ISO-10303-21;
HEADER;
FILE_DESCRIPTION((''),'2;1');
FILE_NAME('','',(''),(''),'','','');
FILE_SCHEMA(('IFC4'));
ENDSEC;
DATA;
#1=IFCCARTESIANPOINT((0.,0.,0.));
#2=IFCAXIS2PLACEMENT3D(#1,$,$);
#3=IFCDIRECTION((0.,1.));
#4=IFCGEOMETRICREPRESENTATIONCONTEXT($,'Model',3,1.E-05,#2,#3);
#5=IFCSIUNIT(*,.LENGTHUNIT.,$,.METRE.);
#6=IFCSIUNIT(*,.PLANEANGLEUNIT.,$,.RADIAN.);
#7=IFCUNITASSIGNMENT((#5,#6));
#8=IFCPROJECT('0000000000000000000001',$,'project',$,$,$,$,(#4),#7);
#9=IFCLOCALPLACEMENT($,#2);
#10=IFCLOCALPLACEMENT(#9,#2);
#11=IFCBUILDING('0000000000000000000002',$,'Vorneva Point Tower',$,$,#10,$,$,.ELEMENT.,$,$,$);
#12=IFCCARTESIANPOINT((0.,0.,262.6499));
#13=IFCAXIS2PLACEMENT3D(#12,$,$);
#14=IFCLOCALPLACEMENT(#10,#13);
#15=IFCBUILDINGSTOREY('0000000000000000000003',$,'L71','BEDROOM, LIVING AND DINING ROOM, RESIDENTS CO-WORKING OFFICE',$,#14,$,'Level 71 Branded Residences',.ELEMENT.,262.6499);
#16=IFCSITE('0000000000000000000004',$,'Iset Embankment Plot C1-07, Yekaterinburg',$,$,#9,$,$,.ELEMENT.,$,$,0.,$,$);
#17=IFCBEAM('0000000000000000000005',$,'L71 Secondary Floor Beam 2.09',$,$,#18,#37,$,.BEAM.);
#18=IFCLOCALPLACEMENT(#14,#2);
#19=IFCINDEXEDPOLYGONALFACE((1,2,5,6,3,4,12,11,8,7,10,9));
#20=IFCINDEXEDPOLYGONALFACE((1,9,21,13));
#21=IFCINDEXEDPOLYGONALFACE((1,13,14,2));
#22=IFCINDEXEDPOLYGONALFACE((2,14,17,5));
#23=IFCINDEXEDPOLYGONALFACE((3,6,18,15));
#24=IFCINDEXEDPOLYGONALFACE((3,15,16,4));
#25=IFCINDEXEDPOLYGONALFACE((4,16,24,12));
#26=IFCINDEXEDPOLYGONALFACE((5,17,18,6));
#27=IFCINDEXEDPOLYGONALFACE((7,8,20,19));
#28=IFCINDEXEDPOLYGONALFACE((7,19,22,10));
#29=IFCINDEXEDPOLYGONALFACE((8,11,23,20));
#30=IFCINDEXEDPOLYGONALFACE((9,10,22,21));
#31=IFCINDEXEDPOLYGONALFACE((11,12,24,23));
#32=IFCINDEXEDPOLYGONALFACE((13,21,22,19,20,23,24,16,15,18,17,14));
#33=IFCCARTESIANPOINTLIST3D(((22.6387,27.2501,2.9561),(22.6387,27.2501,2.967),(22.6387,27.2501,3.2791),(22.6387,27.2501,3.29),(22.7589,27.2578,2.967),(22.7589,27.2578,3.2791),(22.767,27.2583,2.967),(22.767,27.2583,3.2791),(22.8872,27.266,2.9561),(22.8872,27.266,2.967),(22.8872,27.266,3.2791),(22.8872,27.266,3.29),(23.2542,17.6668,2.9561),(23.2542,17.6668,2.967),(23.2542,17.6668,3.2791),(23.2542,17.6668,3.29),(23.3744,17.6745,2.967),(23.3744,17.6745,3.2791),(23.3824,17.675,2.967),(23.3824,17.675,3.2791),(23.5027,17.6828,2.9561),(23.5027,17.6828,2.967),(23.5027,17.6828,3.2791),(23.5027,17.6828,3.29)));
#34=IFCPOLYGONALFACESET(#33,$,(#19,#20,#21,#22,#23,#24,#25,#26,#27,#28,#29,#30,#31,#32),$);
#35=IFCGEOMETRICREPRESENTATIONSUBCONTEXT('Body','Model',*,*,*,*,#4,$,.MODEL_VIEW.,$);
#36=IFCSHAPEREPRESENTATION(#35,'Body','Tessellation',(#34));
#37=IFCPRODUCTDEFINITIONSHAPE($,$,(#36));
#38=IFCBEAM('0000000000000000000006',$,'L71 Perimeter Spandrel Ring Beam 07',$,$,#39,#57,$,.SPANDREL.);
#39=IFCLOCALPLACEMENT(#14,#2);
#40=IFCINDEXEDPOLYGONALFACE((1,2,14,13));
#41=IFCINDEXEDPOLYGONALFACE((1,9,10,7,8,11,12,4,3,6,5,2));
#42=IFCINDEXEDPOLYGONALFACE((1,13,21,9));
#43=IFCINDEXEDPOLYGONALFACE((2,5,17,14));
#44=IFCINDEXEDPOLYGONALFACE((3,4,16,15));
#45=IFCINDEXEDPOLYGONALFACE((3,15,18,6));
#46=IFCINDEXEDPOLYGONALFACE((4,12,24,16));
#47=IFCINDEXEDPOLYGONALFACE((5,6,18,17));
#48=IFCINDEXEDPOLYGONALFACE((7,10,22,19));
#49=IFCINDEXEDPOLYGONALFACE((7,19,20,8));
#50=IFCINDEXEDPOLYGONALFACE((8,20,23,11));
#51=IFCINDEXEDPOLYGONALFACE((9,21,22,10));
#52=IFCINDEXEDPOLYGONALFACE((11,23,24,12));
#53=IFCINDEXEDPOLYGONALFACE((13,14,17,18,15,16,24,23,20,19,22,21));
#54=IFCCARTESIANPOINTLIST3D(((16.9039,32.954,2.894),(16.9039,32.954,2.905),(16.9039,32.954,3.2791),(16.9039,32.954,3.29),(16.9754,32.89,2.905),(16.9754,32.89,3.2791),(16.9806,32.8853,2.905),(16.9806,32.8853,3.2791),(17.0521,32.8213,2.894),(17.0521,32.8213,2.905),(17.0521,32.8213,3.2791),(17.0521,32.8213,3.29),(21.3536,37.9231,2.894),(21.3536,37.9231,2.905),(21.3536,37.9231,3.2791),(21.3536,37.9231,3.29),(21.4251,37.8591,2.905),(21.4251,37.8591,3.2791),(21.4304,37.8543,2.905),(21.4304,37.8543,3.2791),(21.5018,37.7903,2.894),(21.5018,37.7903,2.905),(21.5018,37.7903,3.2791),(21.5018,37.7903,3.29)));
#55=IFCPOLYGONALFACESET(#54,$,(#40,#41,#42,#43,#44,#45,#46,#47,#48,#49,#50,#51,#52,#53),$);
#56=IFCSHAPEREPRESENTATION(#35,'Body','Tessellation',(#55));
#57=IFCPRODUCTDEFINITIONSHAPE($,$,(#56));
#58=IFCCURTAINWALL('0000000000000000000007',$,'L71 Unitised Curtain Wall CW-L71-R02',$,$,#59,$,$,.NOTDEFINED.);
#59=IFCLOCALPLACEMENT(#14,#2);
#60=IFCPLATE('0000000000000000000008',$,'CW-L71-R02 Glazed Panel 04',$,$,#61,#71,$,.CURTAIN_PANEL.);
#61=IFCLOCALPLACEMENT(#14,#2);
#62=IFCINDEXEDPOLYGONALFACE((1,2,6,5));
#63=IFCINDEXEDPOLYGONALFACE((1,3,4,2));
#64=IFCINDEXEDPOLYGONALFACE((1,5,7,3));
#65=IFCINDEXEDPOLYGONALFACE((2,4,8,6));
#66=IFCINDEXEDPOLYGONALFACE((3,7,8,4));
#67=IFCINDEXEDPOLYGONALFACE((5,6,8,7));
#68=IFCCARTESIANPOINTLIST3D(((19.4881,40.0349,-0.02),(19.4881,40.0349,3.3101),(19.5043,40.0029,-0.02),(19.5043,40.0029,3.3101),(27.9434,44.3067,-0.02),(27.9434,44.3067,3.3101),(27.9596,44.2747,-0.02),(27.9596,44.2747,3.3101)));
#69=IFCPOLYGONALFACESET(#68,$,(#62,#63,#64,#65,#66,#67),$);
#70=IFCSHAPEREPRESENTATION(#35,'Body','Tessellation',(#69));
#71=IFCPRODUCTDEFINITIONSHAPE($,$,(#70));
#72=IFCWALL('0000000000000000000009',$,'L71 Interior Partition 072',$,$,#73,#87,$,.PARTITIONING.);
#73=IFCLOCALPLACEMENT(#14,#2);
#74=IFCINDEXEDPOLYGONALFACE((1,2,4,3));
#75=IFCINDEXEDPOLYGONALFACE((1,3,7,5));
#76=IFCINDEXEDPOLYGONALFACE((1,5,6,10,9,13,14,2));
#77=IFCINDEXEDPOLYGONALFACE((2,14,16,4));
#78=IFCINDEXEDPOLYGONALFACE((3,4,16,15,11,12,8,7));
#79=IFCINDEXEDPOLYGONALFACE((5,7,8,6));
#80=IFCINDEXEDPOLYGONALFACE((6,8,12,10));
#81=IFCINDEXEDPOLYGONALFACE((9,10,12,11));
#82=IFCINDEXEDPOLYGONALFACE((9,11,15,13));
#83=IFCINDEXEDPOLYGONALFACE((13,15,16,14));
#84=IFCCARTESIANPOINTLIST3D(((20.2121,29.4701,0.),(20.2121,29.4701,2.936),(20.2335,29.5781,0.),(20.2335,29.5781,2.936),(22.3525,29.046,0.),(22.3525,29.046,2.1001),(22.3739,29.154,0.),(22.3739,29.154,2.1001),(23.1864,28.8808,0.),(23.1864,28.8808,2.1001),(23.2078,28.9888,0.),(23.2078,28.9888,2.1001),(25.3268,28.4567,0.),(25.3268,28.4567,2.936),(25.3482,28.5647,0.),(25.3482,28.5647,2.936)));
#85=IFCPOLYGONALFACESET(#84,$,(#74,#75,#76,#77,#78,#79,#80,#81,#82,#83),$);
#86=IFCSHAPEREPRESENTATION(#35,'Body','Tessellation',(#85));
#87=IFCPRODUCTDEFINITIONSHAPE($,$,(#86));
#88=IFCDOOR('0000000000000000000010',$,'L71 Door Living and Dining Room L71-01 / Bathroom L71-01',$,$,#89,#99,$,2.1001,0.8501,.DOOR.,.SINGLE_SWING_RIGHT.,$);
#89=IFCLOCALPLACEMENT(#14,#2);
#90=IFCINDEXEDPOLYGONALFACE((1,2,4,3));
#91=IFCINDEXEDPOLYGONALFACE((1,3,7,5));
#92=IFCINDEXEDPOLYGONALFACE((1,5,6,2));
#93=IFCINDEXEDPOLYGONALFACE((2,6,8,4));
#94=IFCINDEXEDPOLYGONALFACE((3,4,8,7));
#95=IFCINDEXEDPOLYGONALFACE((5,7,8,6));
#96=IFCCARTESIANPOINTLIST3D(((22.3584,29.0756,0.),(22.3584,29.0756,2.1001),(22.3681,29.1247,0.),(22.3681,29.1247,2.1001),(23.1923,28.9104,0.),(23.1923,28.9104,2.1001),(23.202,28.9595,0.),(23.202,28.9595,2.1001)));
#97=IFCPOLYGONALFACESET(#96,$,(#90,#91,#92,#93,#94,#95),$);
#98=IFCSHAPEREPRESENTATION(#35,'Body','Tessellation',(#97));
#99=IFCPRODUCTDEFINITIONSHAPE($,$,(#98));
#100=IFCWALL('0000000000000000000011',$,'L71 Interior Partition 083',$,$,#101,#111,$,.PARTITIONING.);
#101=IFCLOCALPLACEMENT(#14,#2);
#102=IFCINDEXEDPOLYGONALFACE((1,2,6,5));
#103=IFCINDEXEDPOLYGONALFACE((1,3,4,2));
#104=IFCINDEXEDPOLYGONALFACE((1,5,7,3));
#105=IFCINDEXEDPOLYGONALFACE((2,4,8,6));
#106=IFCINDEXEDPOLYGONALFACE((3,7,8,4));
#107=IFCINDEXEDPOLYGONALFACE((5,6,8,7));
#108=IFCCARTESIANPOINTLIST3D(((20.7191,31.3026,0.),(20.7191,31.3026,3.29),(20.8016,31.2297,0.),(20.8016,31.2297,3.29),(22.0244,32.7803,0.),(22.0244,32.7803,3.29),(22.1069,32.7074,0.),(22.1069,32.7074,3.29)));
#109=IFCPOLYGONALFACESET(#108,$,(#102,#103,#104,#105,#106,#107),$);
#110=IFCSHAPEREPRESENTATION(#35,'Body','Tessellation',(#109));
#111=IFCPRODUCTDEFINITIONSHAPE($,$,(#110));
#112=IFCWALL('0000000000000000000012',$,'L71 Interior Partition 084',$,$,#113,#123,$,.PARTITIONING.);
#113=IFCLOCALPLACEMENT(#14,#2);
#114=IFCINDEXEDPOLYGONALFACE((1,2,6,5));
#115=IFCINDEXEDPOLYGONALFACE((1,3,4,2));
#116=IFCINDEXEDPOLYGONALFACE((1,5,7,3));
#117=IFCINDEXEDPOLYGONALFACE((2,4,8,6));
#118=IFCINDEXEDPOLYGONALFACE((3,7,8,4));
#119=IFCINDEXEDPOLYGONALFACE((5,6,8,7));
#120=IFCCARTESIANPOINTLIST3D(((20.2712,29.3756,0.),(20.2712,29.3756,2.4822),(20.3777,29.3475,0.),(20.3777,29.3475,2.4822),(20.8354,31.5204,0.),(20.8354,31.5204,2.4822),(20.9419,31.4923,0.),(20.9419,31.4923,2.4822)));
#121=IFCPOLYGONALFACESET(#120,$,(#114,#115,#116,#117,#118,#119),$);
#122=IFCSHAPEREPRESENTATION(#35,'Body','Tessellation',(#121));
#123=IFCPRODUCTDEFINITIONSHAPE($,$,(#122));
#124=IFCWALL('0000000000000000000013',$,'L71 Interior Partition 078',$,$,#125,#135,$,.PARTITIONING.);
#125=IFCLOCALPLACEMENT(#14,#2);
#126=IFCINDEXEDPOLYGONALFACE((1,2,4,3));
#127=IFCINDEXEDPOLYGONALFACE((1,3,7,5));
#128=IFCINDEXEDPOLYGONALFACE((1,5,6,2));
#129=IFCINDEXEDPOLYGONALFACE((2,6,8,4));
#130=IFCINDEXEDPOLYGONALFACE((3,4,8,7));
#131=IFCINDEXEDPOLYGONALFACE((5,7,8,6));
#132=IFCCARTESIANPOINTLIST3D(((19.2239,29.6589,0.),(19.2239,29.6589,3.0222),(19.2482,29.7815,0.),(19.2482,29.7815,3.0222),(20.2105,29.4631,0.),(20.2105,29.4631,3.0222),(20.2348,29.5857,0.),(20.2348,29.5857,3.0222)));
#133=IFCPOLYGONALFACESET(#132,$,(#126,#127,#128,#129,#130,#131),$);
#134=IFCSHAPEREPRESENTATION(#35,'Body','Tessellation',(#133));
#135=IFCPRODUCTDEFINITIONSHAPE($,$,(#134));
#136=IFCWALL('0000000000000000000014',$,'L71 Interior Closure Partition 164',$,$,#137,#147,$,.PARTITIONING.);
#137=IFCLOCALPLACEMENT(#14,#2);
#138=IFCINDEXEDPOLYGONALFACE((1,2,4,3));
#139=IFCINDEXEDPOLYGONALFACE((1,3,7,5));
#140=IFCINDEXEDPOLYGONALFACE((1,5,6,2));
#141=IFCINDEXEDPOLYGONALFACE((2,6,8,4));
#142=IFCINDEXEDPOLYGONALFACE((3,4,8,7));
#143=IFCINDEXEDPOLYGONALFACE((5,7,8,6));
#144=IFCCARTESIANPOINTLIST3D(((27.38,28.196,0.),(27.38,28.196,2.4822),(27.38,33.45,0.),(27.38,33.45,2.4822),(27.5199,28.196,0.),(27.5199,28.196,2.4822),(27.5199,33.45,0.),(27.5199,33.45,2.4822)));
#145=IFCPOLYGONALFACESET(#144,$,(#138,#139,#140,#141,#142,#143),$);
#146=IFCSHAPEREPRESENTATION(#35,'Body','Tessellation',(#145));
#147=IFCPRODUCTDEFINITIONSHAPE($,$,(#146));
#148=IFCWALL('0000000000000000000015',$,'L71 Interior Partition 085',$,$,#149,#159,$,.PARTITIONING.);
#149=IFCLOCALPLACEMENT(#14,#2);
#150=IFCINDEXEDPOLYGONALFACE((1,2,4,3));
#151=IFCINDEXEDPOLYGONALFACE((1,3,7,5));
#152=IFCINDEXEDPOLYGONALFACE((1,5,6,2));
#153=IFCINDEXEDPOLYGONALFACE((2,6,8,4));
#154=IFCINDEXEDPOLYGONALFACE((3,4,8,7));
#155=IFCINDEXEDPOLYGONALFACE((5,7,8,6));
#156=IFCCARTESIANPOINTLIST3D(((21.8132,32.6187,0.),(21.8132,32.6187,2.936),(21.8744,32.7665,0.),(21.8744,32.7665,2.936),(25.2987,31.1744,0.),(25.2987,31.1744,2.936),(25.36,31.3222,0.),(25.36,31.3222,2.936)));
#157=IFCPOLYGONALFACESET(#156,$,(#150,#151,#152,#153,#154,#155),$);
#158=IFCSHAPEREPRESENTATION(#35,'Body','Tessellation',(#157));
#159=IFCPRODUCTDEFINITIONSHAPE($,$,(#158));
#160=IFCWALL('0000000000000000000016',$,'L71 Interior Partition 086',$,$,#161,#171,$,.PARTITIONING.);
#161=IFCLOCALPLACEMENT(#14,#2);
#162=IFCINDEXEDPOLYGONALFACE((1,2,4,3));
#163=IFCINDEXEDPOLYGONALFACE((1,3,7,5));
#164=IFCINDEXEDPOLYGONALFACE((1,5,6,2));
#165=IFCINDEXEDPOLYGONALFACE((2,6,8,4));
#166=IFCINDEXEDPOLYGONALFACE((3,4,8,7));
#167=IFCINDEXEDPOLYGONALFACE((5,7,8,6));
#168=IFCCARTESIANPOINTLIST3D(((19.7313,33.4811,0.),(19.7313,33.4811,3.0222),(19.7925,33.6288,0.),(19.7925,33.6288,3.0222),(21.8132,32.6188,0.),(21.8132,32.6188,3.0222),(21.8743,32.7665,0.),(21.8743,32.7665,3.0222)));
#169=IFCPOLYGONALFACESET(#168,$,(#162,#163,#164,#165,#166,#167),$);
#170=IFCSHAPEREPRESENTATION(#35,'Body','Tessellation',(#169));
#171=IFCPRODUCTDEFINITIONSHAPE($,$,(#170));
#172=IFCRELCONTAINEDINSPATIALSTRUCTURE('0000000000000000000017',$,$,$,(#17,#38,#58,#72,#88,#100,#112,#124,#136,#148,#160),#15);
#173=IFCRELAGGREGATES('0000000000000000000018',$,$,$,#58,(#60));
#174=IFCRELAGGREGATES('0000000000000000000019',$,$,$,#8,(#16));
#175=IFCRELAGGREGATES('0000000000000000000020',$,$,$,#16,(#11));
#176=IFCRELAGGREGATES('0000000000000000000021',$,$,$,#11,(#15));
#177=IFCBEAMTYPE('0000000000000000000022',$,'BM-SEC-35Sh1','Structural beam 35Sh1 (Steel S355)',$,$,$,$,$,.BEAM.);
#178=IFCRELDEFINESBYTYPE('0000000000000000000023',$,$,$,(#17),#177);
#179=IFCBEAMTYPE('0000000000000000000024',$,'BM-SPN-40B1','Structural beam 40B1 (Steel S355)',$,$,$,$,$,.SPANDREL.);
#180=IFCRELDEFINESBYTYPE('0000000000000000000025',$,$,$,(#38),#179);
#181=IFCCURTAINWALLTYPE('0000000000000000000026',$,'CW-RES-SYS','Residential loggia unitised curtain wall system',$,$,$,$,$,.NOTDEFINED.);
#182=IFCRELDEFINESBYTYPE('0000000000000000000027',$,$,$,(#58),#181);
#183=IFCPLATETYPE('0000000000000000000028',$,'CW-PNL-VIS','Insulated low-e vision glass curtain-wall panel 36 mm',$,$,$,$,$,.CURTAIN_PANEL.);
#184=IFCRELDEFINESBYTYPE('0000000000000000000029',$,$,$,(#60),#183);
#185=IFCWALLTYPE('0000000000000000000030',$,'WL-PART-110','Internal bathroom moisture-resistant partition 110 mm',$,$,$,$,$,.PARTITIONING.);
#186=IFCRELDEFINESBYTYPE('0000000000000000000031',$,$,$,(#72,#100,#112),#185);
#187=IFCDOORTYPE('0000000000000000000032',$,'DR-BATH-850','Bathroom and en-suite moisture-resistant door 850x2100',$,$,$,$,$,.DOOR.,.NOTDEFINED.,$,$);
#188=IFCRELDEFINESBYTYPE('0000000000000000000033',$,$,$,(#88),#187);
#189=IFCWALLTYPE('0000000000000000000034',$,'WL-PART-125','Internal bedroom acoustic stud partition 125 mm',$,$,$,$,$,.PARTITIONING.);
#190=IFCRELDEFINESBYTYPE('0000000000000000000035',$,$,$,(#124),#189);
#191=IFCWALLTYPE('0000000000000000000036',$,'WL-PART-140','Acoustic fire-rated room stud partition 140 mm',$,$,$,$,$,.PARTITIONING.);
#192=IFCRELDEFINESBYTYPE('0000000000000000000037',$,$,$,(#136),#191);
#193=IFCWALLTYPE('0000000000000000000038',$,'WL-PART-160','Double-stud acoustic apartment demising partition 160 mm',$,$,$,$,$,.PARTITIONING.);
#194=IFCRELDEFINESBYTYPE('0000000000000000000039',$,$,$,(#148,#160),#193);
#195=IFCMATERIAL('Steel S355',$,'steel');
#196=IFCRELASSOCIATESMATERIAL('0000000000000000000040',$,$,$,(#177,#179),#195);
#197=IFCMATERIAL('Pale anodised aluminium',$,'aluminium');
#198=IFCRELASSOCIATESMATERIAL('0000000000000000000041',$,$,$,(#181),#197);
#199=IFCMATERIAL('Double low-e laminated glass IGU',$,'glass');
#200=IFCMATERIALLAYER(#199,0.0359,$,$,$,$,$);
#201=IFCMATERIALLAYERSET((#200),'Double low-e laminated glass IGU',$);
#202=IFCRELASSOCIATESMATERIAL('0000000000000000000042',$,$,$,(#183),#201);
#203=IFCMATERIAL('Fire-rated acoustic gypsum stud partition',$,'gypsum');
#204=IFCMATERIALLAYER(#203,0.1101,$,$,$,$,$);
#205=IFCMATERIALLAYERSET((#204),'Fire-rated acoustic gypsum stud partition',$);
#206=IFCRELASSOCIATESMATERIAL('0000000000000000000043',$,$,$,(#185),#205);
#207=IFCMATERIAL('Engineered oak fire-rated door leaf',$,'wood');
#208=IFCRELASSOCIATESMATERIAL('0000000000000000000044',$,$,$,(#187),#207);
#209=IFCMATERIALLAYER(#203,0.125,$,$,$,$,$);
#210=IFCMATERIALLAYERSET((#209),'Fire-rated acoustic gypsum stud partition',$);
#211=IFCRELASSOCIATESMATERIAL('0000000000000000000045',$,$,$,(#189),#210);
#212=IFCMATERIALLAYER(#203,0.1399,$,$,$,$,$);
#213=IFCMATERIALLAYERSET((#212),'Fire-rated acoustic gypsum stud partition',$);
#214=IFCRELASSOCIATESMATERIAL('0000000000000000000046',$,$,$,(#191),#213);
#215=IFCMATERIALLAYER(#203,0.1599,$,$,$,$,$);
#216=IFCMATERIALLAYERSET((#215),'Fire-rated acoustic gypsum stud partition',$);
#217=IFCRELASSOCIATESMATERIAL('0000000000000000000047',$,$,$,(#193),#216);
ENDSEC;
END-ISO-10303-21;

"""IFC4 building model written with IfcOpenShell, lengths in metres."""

from ifc_helpers import new_model, si_unit, direction, frame, frame_2d, origin, origin_2d, place, context, subcontext, project, spatial, rectangle, i_section, extrude, material, layer, layer_set, material_profile, profile_set, type_object, element, fill, aggregate, save


model = new_model("IFC4")

# Units and contexts
model_context = context("Model", 3, precision=1e-05, world=origin(), true_north=direction((0.0, 1.0)))
body_context = subcontext(model_context, "Body", "Model", "MODEL_VIEW")
ifc_project = project(units=[si_unit("LENGTHUNIT", "METRE"), si_unit("PLANEANGLEUNIT", "RADIAN")], contexts=[model_context])

# Site, building, storey
site_placement = place(None, origin())
site = spatial("IfcSite", under=ifc_project, at=site_placement, Name="Iset Embankment Plot C1-07, Yekaterinburg", CompositionType="ELEMENT", RefElevation=0.0)
building_placement = place(site_placement, origin())
building = spatial("IfcBuilding", under=site, at=building_placement, Name="Vorneva Point Tower", CompositionType="ELEMENT")
storey_placement = place(building_placement, frame((0.0, 0.0, 262.6499)))
storey = spatial("IfcBuildingStorey", under=building, at=storey_placement, Name="L71", Description="BEDROOM, LIVING AND DINING ROOM, RESIDENTS CO-WORKING OFFICE", LongName="Level 71 Branded Residences", CompositionType="ELEMENT", Elevation=262.6499)

# Beams
ifc_material_1 = material(Name="Steel S355", Category="steel")
ifc_material_profile_1 = material_profile(ifc_material_1, i_section(OverallWidth=0.249, OverallDepth=0.334, WebThickness=0.0081, FlangeThickness=0.011, at=origin_2d()), Name="35Sh1")
ifc_profile_set_1 = profile_set([ifc_material_profile_1], Name="Steel S355")
beam_type_1 = type_object("IfcBeamType", Name="BM-SEC-35Sh1", Description="Structural beam 35Sh1 (Steel S355)", PredefinedType="BEAM", material=ifc_profile_set_1)
beam_1_placement = place(storey_placement, frame((22.7629, 27.2581, 3.123), z_axis=(0.064092, -0.997944, 0.0), x_axis=(0.997944, 0.064092, 0.0)))
element("IfcBeam", 1, at=beam_1_placement, inside=storey, type_object=beam_type_1, Name="L71 Secondary Floor Beam 2.09", PredefinedType="BEAM", context=body_context, shape_type="SweptSolid", body=[
    extrude(i_section(OverallWidth=0.249, OverallDepth=0.334, WebThickness=0.0081, FlangeThickness=0.011, at=origin_2d()), origin(), (0.0, 0.0, 1.0), 9.603),
])
ifc_material_profile_2 = material_profile(ifc_material_1, i_section(OverallWidth=0.199, OverallDepth=0.396, WebThickness=0.0071, FlangeThickness=0.011, at=origin_2d()), Name="40B1")
ifc_profile_set_2 = profile_set([ifc_material_profile_2], Name="Steel S355")
beam_type_2 = type_object("IfcBeamType", Name="BM-SPN-40B1", Description="Structural beam 40B1 (Steel S355)", PredefinedType="SPANDREL", material=ifc_profile_set_2)
beam_2_placement = place(storey_placement, frame((21.4277, 37.8567, 3.092), z_axis=(-0.667108, -0.744961, 0.0), x_axis=(0.744961, -0.667108, 0.0)))
element("IfcBeam", 2, at=beam_2_placement, inside=storey, type_object=beam_type_2, Name="L71 Perimeter Spandrel Ring Beam 07", PredefinedType="SPANDREL", context=body_context, shape_type="SweptSolid", body=[
    extrude(i_section(OverallWidth=0.199, OverallDepth=0.396, WebThickness=0.0071, FlangeThickness=0.011, at=origin_2d()), origin(), (0.0, 0.0, 1.0), 6.6702),
])

# Curtain wall, plate
ifc_material_2 = material(Name="Pale anodised aluminium", Category="aluminium")
curtain_wall_type = type_object("IfcCurtainWallType", Name="CW-RES-SYS", Description="Residential loggia unitised curtain wall system", PredefinedType="NOTDEFINED", material=ifc_material_2)
curtain_wall_placement = place(storey_placement, origin())
curtain_wall = element("IfcCurtainWall", 3, at=curtain_wall_placement, inside=storey, type_object=curtain_wall_type, Name="L71 Unitised Curtain Wall CW-L71-R02", PredefinedType="NOTDEFINED")
ifc_material_3 = material(Name="Double low-e laminated glass IGU", Category="glass")
ifc_layer_1 = layer(ifc_material_3, 0.0359)
ifc_layer_set_1 = layer_set([ifc_layer_1], Name="Double low-e laminated glass IGU")
plate_type = type_object("IfcPlateType", Name="CW-PNL-VIS", Description="Insulated low-e vision glass curtain-wall panel 36 mm", PredefinedType="CURTAIN_PANEL", material=ifc_layer_set_1)
plate_placement = place(storey_placement, frame((23.7239, 42.1548, -0.02), z_axis=(0.0, 0.0, 1.0), x_axis=(-0.892554, -0.45094, 0.0)))
plate = element("IfcPlate", 4, at=plate_placement, type_object=plate_type, Name="CW-L71-R02 Glazed Panel 04", PredefinedType="CURTAIN_PANEL", context=body_context, shape_type="SweptSolid", body=[
    extrude(rectangle(XDim=9.4731, YDim=0.0359, at=origin_2d()), origin(), (0.0, 0.0, 1.0), 3.3301),
])
aggregate(curtain_wall, [plate])

# Wall, opening, door
ifc_material_4 = material(Name="Fire-rated acoustic gypsum stud partition", Category="gypsum")
ifc_layer_2 = layer(ifc_material_4, 0.1101)
ifc_layer_set_2 = layer_set([ifc_layer_2], Name="Fire-rated acoustic gypsum stud partition")
wall_type_1 = type_object("IfcWallType", Name="WL-PART-110", Description="Internal bathroom moisture-resistant partition 110 mm", PredefinedType="PARTITIONING", material=ifc_layer_set_2)
wall_1_placement = place(storey_placement, frame((25.3374, 28.5107, 0.0), z_axis=(0.0, 0.0, 1.0), x_axis=(-0.98093, 0.19436, 0.0)))
wall_1 = element("IfcWall", 5, at=wall_1_placement, inside=storey, type_object=wall_type_1, Name="L71 Interior Partition 072", PredefinedType="PARTITIONING", context=body_context, shape_type="SweptSolid", body=[
    extrude(rectangle(XDim=5.2141, YDim=0.1101, at=frame_2d((2.6069, 0.0))), origin(), (0.0, 0.0, 1.0), 2.936),
])
opening_1_placement = place(wall_1_placement, frame((2.1819, 0.0, 0.0)))
opening_1 = element("IfcOpeningElement", 6, at=opening_1_placement, cuts=wall_1, PredefinedType="OPENING", context=body_context, shape_type="SweptSolid", body=[
    extrude(rectangle(XDim=0.8501, YDim=2.1001, at=frame_2d((0.425, 1.05))), frame((0.0, 0.0698, 0.0), z_axis=(0.0, -1.0, 0.0), x_axis=(1.0, 0.0, 0.0)), (0.0, 0.0, 1.0), 0.1399),
])
ifc_material_5 = material(Name="Engineered oak fire-rated door leaf", Category="wood")
door_type_1 = type_object("IfcDoorType", Name="DR-BATH-850", Description="Bathroom and en-suite moisture-resistant door 850x2100", OperationType="NOTDEFINED", PredefinedType="DOOR", material=ifc_material_5)
door_1_placement = place(opening_1_placement, origin())
door_1 = element("IfcDoor", 7, at=door_1_placement, inside=storey, type_object=door_type_1, Name="L71 Door Living and Dining Room L71-01 / Bathroom L71-01", OperationType="SINGLE_SWING_RIGHT", OverallHeight=2.1001, OverallWidth=0.8501, PredefinedType="DOOR", context=body_context, shape_type="SweptSolid", body=[
    extrude(rectangle(XDim=0.8501, YDim=2.1001, at=frame_2d((0.425, 1.05))), frame((0.0, 0.0249, 0.0), z_axis=(0.0, -1.0, 0.0), x_axis=(1.0, 0.0, 0.0)), (0.0, 0.0, 1.0), 0.05),
])
fill(opening_1, door_1)

# Walls
wall_2_placement = place(storey_placement, frame((22.0657, 32.7439, 0.0), z_axis=(0.0, 0.0, 1.0), x_axis=(-0.662047, -0.749462, 0.0)))
element("IfcWall", 8, at=wall_2_placement, inside=storey, type_object=wall_type_1, Name="L71 Interior Partition 083", PredefinedType="PARTITIONING", context=body_context, shape_type="SweptSolid", body=[
    extrude(rectangle(XDim=1.9717, YDim=0.1101, at=frame_2d((0.9858, 0.0))), origin(), (0.0, 0.0, 1.0), 3.29),
])
wall_3_placement = place(storey_placement, frame((20.8887, 31.5063, 0.0), z_axis=(0.0, 0.0, 1.0), x_axis=(-0.254407, -0.967097, 0.0)))
element("IfcWall", 9, at=wall_3_placement, inside=storey, type_object=wall_type_1, Name="L71 Interior Partition 084", PredefinedType="PARTITIONING", context=body_context, shape_type="SweptSolid", body=[
    extrude(rectangle(XDim=2.2178, YDim=0.1101, at=frame_2d((1.1089, 0.0))), origin(), (0.0, 0.0, 1.0), 2.4822),
])
ifc_layer_3 = layer(ifc_material_4, 0.125)
ifc_layer_set_3 = layer_set([ifc_layer_3], Name="Fire-rated acoustic gypsum stud partition")
wall_type_2 = type_object("IfcWallType", Name="WL-PART-125", Description="Internal bedroom acoustic stud partition 125 mm", PredefinedType="PARTITIONING", material=ifc_layer_set_3)
wall_4_placement = place(storey_placement, frame((20.2227, 29.5244, 0.0), z_axis=(0.0, 0.0, 1.0), x_axis=(-0.980869, 0.194669, 0.0)))
element("IfcWall", 10, at=wall_4_placement, inside=storey, type_object=wall_type_2, Name="L71 Interior Partition 078", PredefinedType="PARTITIONING", context=body_context, shape_type="SweptSolid", body=[
    extrude(rectangle(XDim=1.0059, YDim=0.125, at=frame_2d((0.5029, 0.0))), origin(), (0.0, 0.0, 1.0), 3.0222),
])
ifc_layer_4 = layer(ifc_material_4, 0.1399)
ifc_layer_set_4 = layer_set([ifc_layer_4], Name="Fire-rated acoustic gypsum stud partition")
wall_type_3 = type_object("IfcWallType", Name="WL-PART-140", Description="Acoustic fire-rated room stud partition 140 mm", PredefinedType="PARTITIONING", material=ifc_layer_set_4)
wall_5_placement = place(storey_placement, frame((27.45, 33.45, 0.0), z_axis=(0.0, 0.0, 1.0), x_axis=(0.0, -1.0, 0.0)))
element("IfcWall", 11, at=wall_5_placement, inside=storey, type_object=wall_type_3, Name="L71 Interior Closure Partition 164", PredefinedType="PARTITIONING", context=body_context, shape_type="SweptSolid", body=[
    extrude(rectangle(XDim=5.2539, YDim=0.1399, at=frame_2d((2.627, 0.0))), origin(), (0.0, 0.0, 1.0), 2.4822),
])
ifc_layer_5 = layer(ifc_material_4, 0.1599)
ifc_layer_set_5 = layer_set([ifc_layer_5], Name="Fire-rated acoustic gypsum stud partition")
wall_type_4 = type_object("IfcWallType", Name="WL-PART-160", Description="Double-stud acoustic apartment demising partition 160 mm", PredefinedType="PARTITIONING", material=ifc_layer_set_5)
wall_6_placement = place(storey_placement, frame((25.3293, 31.2483, 0.0), z_axis=(0.0, 0.0, 1.0), x_axis=(-0.923828, 0.382809, 0.0)))
element("IfcWall", 12, at=wall_6_placement, inside=storey, type_object=wall_type_4, Name="L71 Interior Partition 085", PredefinedType="PARTITIONING", context=body_context, shape_type="SweptSolid", body=[
    extrude(rectangle(XDim=3.7729, YDim=0.1599, at=frame_2d((1.8865, 0.0))), origin(), (0.0, 0.0, 1.0), 2.936),
])
wall_7_placement = place(storey_placement, frame((21.8438, 32.6926, 0.0), z_axis=(0.0, 0.0, 1.0), x_axis=(-0.923879, 0.382684, 0.0)))
element("IfcWall", 13, at=wall_7_placement, inside=storey, type_object=wall_type_4, Name="L71 Interior Partition 086", PredefinedType="PARTITIONING", context=body_context, shape_type="SweptSolid", body=[
    extrude(rectangle(XDim=2.2534, YDim=0.1599, at=frame_2d((1.1267, 0.0))), origin(), (0.0, 0.0, 1.0), 3.0222),
])

save(model, "model.ifc")
